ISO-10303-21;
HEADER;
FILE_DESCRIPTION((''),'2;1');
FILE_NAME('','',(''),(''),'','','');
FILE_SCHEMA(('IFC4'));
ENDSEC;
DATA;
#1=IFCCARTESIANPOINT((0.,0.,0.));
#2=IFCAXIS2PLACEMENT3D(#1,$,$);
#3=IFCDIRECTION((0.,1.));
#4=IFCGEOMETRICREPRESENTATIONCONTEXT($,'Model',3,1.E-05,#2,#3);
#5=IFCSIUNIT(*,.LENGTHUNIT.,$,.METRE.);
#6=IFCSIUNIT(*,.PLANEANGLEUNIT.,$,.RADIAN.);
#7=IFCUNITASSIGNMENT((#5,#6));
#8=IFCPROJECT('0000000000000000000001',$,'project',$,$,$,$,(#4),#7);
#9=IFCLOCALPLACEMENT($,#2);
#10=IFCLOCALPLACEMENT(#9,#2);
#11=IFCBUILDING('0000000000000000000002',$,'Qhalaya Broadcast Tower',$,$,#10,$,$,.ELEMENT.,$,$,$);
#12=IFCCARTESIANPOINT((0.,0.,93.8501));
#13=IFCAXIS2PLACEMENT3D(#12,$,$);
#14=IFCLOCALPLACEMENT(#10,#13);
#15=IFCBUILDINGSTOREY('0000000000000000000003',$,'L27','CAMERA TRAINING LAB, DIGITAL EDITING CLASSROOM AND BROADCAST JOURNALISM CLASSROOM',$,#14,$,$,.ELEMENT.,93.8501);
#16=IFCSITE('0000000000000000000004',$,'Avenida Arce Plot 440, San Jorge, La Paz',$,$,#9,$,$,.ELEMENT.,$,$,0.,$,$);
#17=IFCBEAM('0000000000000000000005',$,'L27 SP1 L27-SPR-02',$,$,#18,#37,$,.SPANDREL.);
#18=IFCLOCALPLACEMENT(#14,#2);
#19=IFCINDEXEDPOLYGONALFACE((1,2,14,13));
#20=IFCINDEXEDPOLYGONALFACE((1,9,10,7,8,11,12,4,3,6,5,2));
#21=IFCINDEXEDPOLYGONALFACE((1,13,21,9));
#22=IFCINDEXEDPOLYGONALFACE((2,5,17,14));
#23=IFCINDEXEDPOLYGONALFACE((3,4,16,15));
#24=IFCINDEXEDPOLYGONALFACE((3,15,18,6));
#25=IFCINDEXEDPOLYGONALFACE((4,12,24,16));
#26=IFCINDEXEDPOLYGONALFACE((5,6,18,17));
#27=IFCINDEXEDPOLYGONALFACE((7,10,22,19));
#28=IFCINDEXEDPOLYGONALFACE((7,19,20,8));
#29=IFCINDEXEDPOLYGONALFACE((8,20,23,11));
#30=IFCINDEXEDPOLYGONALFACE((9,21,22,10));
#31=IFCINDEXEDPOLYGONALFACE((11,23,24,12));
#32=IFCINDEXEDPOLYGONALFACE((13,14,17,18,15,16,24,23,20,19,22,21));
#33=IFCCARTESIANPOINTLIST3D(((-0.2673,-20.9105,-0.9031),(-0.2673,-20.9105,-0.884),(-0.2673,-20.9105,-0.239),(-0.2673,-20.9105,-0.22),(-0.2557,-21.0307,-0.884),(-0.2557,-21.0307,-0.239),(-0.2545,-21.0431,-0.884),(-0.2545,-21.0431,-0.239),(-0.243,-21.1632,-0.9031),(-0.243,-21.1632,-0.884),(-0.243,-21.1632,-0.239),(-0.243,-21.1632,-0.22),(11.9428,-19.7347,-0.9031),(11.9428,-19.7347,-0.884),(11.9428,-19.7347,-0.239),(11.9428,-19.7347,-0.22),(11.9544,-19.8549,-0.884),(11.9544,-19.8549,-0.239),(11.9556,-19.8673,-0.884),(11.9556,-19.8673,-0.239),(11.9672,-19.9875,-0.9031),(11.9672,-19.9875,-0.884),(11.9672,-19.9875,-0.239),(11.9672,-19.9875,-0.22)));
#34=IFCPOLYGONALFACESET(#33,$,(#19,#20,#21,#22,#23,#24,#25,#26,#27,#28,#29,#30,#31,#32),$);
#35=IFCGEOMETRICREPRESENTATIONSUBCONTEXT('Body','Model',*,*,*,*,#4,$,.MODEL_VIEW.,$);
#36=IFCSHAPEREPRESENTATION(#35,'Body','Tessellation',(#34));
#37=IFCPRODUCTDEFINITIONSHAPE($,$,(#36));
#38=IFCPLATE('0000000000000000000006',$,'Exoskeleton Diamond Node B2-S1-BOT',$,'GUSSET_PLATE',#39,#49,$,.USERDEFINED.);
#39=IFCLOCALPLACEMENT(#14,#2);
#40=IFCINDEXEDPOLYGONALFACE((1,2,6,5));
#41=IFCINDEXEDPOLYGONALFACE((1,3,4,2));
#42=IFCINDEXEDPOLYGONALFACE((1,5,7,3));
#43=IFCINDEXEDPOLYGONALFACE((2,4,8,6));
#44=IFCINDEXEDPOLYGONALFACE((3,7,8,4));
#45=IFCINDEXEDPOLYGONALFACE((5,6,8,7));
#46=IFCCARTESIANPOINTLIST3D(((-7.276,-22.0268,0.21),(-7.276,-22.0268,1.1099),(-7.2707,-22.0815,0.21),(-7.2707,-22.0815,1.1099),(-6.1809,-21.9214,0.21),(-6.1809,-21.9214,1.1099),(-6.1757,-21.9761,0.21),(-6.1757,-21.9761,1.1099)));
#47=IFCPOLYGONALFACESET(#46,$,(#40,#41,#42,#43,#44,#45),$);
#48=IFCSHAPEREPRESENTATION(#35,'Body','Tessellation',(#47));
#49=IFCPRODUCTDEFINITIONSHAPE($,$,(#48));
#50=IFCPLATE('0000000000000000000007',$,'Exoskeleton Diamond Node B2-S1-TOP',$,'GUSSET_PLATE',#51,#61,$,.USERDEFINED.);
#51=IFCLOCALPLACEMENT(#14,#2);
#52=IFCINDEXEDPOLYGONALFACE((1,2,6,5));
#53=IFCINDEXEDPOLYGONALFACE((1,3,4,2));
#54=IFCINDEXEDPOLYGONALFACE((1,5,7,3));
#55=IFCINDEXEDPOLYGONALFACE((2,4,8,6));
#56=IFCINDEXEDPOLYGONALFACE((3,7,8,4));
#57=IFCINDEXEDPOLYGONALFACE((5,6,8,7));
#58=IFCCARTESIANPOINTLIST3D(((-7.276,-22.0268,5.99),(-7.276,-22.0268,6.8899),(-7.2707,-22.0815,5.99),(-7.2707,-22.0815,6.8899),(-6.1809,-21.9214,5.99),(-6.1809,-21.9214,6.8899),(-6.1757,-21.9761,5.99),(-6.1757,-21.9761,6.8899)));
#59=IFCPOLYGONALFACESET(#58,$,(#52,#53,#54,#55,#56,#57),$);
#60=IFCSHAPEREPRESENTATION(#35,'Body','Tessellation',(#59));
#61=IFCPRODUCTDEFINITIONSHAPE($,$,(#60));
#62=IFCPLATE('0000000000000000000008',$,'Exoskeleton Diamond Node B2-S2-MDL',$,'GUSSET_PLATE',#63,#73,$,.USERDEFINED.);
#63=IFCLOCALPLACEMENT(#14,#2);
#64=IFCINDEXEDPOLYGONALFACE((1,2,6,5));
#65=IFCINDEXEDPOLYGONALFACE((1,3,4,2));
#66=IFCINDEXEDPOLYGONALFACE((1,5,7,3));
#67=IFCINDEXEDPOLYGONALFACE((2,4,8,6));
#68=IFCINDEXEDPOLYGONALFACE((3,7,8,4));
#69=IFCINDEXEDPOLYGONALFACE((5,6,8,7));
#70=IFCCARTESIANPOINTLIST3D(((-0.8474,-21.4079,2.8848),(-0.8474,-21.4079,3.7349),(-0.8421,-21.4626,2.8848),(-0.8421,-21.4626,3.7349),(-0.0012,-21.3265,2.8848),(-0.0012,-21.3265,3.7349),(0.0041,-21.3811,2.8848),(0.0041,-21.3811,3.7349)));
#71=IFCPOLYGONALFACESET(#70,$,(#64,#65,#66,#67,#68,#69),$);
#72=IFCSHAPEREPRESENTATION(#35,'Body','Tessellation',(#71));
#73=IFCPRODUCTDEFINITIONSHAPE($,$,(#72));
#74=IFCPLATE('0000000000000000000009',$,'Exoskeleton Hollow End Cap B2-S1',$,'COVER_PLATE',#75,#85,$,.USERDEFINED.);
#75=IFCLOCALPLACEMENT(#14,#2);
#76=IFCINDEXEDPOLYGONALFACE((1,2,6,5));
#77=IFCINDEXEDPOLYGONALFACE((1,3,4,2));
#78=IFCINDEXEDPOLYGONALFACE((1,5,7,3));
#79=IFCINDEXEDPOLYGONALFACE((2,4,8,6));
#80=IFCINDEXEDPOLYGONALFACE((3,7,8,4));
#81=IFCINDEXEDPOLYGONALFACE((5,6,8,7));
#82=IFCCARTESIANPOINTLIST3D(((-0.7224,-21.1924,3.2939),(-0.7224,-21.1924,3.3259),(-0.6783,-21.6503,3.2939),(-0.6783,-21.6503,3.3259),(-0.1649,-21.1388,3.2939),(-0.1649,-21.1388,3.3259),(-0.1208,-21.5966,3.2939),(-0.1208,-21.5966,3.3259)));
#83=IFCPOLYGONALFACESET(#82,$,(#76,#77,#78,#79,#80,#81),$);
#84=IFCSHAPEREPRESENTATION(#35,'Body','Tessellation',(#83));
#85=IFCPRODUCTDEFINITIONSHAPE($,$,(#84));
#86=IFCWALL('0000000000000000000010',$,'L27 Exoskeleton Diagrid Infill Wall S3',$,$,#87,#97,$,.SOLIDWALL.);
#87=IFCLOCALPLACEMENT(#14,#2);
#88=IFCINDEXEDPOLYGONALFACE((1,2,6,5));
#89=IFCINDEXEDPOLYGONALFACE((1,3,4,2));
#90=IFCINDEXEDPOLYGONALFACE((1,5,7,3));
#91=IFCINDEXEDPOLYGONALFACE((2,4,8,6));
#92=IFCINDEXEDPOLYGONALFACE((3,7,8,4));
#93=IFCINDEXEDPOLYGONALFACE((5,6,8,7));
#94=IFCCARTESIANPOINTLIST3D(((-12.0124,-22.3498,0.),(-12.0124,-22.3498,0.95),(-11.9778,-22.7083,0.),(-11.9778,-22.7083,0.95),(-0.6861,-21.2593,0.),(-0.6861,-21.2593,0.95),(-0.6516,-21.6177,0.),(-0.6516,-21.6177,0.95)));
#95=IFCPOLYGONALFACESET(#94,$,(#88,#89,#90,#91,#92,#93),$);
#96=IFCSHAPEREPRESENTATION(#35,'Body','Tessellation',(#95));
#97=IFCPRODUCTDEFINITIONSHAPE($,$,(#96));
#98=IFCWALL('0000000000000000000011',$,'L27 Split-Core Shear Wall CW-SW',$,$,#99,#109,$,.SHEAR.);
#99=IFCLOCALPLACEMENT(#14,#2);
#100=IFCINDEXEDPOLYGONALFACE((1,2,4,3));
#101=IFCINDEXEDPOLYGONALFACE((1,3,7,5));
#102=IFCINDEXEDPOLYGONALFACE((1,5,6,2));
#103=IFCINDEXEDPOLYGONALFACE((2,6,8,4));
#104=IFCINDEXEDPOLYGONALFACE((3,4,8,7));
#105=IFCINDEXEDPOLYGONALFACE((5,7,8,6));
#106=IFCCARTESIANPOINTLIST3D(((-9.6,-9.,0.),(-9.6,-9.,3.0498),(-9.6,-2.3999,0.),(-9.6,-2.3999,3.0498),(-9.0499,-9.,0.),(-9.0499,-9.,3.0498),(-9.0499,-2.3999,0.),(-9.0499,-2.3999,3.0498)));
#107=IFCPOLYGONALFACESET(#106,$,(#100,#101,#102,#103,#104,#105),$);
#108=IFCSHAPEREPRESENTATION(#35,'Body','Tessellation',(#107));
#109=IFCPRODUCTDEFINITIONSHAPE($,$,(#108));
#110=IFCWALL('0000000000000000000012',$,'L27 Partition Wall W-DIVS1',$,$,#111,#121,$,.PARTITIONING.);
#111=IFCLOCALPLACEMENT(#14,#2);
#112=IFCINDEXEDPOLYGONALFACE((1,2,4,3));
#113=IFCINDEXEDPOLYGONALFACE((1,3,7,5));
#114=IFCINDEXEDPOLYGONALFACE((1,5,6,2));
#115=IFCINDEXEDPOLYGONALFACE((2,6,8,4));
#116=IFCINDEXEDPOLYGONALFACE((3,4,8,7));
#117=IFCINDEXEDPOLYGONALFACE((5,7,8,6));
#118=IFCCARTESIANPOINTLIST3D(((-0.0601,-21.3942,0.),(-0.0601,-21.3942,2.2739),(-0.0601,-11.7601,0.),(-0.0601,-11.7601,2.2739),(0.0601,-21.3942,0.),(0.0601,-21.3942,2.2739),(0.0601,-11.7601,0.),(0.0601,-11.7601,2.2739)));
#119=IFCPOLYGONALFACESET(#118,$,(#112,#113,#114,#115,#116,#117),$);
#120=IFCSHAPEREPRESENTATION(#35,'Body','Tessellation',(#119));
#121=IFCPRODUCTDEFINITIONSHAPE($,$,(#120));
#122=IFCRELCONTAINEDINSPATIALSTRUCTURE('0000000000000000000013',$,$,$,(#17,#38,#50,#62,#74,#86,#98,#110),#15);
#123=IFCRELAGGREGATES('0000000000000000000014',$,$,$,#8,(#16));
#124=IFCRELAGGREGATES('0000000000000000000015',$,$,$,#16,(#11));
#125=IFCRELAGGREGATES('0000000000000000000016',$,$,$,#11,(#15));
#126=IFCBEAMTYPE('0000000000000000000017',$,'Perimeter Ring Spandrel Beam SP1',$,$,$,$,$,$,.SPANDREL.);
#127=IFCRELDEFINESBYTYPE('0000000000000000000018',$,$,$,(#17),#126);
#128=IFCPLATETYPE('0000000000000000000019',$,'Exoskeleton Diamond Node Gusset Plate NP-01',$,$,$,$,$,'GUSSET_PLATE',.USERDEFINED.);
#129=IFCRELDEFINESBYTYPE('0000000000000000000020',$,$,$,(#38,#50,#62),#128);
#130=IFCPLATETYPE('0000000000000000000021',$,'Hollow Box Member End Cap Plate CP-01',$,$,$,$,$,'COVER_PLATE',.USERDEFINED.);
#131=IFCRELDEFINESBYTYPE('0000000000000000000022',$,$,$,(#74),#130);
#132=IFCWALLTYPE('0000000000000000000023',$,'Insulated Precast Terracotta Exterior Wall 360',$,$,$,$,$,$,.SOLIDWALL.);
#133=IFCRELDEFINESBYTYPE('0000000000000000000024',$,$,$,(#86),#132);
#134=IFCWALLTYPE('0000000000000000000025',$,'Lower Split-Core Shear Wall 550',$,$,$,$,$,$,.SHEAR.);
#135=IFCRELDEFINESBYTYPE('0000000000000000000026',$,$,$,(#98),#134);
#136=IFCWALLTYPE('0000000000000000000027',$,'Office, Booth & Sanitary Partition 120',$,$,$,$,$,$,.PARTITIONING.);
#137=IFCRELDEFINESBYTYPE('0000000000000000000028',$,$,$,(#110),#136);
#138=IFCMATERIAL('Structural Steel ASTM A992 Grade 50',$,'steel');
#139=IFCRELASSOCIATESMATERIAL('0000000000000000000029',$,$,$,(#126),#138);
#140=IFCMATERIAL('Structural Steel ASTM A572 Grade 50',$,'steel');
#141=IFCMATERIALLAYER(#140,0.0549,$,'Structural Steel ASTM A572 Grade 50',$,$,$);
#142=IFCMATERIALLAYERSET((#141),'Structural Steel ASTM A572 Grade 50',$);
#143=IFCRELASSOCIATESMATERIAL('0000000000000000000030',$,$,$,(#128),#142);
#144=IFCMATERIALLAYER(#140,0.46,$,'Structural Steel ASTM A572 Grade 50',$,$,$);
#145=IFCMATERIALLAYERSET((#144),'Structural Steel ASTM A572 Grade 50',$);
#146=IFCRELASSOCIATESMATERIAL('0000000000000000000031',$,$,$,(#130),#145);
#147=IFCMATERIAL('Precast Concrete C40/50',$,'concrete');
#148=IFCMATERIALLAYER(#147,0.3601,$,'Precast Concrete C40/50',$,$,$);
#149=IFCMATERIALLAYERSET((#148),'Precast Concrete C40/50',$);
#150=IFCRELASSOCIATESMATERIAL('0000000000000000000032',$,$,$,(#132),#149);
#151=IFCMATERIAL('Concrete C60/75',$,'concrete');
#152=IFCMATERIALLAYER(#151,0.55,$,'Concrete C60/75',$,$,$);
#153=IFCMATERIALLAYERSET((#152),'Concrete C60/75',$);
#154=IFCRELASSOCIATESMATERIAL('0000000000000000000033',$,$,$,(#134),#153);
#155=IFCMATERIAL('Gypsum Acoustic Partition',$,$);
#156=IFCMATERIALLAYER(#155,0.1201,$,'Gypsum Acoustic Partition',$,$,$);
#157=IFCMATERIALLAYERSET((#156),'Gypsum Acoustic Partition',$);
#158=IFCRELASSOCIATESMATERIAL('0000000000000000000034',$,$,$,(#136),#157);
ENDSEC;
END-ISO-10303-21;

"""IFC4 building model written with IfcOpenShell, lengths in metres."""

from ifc_helpers import new_model, si_unit, direction, frame, frame_2d, origin, origin_2d, place, context, subcontext, project, spatial, rectangle, i_section, extrude, material, layer, layer_set, material_profile, profile_set, type_object, element, save


model = new_model("IFC4")

# Units and contexts
model_context = context("Model", 3, precision=1e-05, world=origin(), true_north=direction((0.0, 1.0)))
body_context = subcontext(model_context, "Body", "Model", "MODEL_VIEW")
ifc_project = project(units=[si_unit("LENGTHUNIT", "METRE"), si_unit("PLANEANGLEUNIT", "RADIAN")], contexts=[model_context])

# Site, building, storey
site_placement = place(None, origin())
site = spatial("IfcSite", under=ifc_project, at=site_placement, Name="Avenida Arce Plot 440, San Jorge, La Paz", CompositionType="ELEMENT", RefElevation=0.0)
building_placement = place(site_placement, origin())
building = spatial("IfcBuilding", under=site, at=building_placement, Name="Qhalaya Broadcast Tower", CompositionType="ELEMENT")
storey_placement = place(building_placement, frame((0.0, 0.0, 93.8501)))
storey = spatial("IfcBuildingStorey", under=building, at=storey_placement, Name="L27", Description="CAMERA TRAINING LAB, DIGITAL EDITING CLASSROOM AND BROADCAST JOURNALISM CLASSROOM", CompositionType="ELEMENT", Elevation=93.8501)

# Shared definitions
ifc_material_1 = material(Name="Structural Steel ASTM A572 Grade 50", Category="steel")

# Shared definitions
ifc_material_2 = material(Name="Structural Steel ASTM A992 Grade 50", Category="steel")

# Beam
ifc_material_profile_1 = material_profile(ifc_material_2, i_section(OverallWidth=0.2539, OverallDepth=0.6831, WebThickness=0.0125, FlangeThickness=0.019, at=origin_2d()), Name="W27X94")
ifc_profile_set_1 = profile_set([ifc_material_profile_1], Name="Structural Steel ASTM A992 Grade 50")
beam_type_1 = type_object("IfcBeamType", Name="Perimeter Ring Spandrel Beam SP1", PredefinedType="SPANDREL", material=ifc_profile_set_1)
beam_1_placement = place(storey_placement, frame((-0.2551, -21.0369, -0.5615), z_axis=(0.995396, 0.095852, 0.0), x_axis=(-0.095852, 0.995396, 0.0)))
element("IfcBeam", 1, at=beam_1_placement, inside=storey, type_object=beam_type_1, Name="L27 SP1 L27-SPR-02", PredefinedType="SPANDREL", context=body_context, shape_type="SweptSolid", body=[
    extrude(i_section(OverallWidth=0.2539, OverallDepth=0.6831, WebThickness=0.0125, FlangeThickness=0.019, at=origin_2d()), origin(), (0.0, 0.0, 1.0), 12.2666),
])

# Plates
ifc_layer_1 = layer(ifc_material_1, 0.0549, Name="Structural Steel ASTM A572 Grade 50")
ifc_layer_set_1 = layer_set([ifc_layer_1], Name="Structural Steel ASTM A572 Grade 50")
plate_type_1 = type_object("IfcPlateType", Name="Exoskeleton Diamond Node Gusset Plate NP-01", ElementType="GUSSET_PLATE", PredefinedType="USERDEFINED", material=ifc_layer_set_1)
for number, where, z_axis, x_axis, name in (
    (2, (-6.7258, -22.0015, 0.21), (0.0, 0.0, 1.0), (0.995396, 0.095846, 0.0), "Exoskeleton Diamond Node B2-S1-BOT"),
    (3, (-6.7258, -22.0015, 5.99), (0.0, 0.0, 1.0), (0.995396, 0.095846, 0.0), "Exoskeleton Diamond Node B2-S1-TOP"),
):
    element("IfcPlate", number, at=place(storey_placement, frame(where, z_axis=z_axis, x_axis=x_axis)), inside=storey, type_object=plate_type_1, Name=name, ObjectType="GUSSET_PLATE", PredefinedType="USERDEFINED", context=body_context, shape_type="SweptSolid", body=[
        extrude(rectangle(XDim=1.1001, YDim=0.0549, at=origin_2d()), origin(), (0.0, 0.0, 1.0), 0.8999),
    ])
plate_1_placement = place(storey_placement, frame((-0.4216, -21.3945, 2.8848), z_axis=(0.0, 0.0, 1.0), x_axis=(0.995396, 0.095846, 0.0)))
element("IfcPlate", 4, at=plate_1_placement, inside=storey, type_object=plate_type_1, Name="Exoskeleton Diamond Node B2-S2-MDL", ObjectType="GUSSET_PLATE", PredefinedType="USERDEFINED", context=body_context, shape_type="SweptSolid", body=[
    extrude(rectangle(XDim=0.8501, YDim=0.0549, at=origin_2d()), origin(), (0.0, 0.0, 1.0), 0.8501),
])
ifc_layer_2 = layer(ifc_material_1, 0.46, Name="Structural Steel ASTM A572 Grade 50")
ifc_layer_set_2 = layer_set([ifc_layer_2], Name="Structural Steel ASTM A572 Grade 50")
plate_type_2 = type_object("IfcPlateType", Name="Hollow Box Member End Cap Plate CP-01", ElementType="COVER_PLATE", PredefinedType="USERDEFINED", material=ifc_layer_set_2)
plate_2_placement = place(storey_placement, frame((-0.4216, -21.3945, 3.2939), z_axis=(0.0, 0.0, 1.0), x_axis=(0.995396, 0.095846, 0.0)))
element("IfcPlate", 5, at=plate_2_placement, inside=storey, type_object=plate_type_2, Name="Exoskeleton Hollow End Cap B2-S1", ObjectType="COVER_PLATE", PredefinedType="USERDEFINED", context=body_context, shape_type="SweptSolid", body=[
    extrude(rectangle(XDim=0.5601, YDim=0.46, at=origin_2d()), origin(), (0.0, 0.0, 1.0), 0.032),
])

# Walls
ifc_material_3 = material(Name="Precast Concrete C40/50", Category="concrete")
ifc_layer_3 = layer(ifc_material_3, 0.3601, Name="Precast Concrete C40/50")
ifc_layer_set_3 = layer_set([ifc_layer_3], Name="Precast Concrete C40/50")
wall_type_1 = type_object("IfcWallType", Name="Insulated Precast Terracotta Exterior Wall 360", PredefinedType="SOLIDWALL", material=ifc_layer_set_3)
wall_1_placement = place(storey_placement, frame((-0.6687, -21.4385, 0.0), z_axis=(0.0, 0.0, 1.0), x_axis=(-0.995396, -0.095845, 0.0)))
element("IfcWall", 6, at=wall_1_placement, inside=storey, type_object=wall_type_1, Name="L27 Exoskeleton Diagrid Infill Wall S3", PredefinedType="SOLIDWALL", context=body_context, shape_type="SweptSolid", body=[
    extrude(rectangle(XDim=11.3787, YDim=0.3601, at=frame_2d((5.6895, 0.0))), origin(), (0.0, 0.0, 1.0), 0.95),
])
ifc_material_4 = material(Name="Concrete C60/75", Category="concrete")
ifc_layer_4 = layer(ifc_material_4, 0.55, Name="Concrete C60/75")
ifc_layer_set_4 = layer_set([ifc_layer_4], Name="Concrete C60/75")
wall_type_2 = type_object("IfcWallType", Name="Lower Split-Core Shear Wall 550", PredefinedType="SHEAR", material=ifc_layer_set_4)
wall_2_placement = place(storey_placement, frame((-9.325, -9.0, 0.0), z_axis=(0.0, 0.0, 1.0), x_axis=(0.0, 1.0, 0.0)))
element("IfcWall", 7, at=wall_2_placement, inside=storey, type_object=wall_type_2, Name="L27 Split-Core Shear Wall CW-SW", PredefinedType="SHEAR", context=body_context, shape_type="SweptSolid", body=[
    extrude(rectangle(XDim=6.6001, YDim=0.55, at=frame_2d((3.3, 0.0))), origin(), (0.0, 0.0, 1.0), 3.0498),
])
ifc_material_5 = material(Name="Gypsum Acoustic Partition")
ifc_layer_5 = layer(ifc_material_5, 0.1201, Name="Gypsum Acoustic Partition")
ifc_layer_set_5 = layer_set([ifc_layer_5], Name="Gypsum Acoustic Partition")
wall_type_3 = type_object("IfcWallType", Name="Office, Booth & Sanitary Partition 120", PredefinedType="PARTITIONING", material=ifc_layer_set_5)
wall_3_placement = place(storey_placement, frame((0.0, -21.394, 0.0), z_axis=(0.0, 0.0, 1.0), x_axis=(0.0, 1.0, 0.0)))
element("IfcWall", 8, at=wall_3_placement, inside=storey, type_object=wall_type_3, Name="L27 Partition Wall W-DIVS1", PredefinedType="PARTITIONING", context=body_context, shape_type="SweptSolid", body=[
    extrude(rectangle(XDim=9.634, YDim=0.1201, at=frame_2d((4.8169, 0.0))), origin(), (0.0, 0.0, 1.0), 2.2739),
])

save(model, "model.ifc")
